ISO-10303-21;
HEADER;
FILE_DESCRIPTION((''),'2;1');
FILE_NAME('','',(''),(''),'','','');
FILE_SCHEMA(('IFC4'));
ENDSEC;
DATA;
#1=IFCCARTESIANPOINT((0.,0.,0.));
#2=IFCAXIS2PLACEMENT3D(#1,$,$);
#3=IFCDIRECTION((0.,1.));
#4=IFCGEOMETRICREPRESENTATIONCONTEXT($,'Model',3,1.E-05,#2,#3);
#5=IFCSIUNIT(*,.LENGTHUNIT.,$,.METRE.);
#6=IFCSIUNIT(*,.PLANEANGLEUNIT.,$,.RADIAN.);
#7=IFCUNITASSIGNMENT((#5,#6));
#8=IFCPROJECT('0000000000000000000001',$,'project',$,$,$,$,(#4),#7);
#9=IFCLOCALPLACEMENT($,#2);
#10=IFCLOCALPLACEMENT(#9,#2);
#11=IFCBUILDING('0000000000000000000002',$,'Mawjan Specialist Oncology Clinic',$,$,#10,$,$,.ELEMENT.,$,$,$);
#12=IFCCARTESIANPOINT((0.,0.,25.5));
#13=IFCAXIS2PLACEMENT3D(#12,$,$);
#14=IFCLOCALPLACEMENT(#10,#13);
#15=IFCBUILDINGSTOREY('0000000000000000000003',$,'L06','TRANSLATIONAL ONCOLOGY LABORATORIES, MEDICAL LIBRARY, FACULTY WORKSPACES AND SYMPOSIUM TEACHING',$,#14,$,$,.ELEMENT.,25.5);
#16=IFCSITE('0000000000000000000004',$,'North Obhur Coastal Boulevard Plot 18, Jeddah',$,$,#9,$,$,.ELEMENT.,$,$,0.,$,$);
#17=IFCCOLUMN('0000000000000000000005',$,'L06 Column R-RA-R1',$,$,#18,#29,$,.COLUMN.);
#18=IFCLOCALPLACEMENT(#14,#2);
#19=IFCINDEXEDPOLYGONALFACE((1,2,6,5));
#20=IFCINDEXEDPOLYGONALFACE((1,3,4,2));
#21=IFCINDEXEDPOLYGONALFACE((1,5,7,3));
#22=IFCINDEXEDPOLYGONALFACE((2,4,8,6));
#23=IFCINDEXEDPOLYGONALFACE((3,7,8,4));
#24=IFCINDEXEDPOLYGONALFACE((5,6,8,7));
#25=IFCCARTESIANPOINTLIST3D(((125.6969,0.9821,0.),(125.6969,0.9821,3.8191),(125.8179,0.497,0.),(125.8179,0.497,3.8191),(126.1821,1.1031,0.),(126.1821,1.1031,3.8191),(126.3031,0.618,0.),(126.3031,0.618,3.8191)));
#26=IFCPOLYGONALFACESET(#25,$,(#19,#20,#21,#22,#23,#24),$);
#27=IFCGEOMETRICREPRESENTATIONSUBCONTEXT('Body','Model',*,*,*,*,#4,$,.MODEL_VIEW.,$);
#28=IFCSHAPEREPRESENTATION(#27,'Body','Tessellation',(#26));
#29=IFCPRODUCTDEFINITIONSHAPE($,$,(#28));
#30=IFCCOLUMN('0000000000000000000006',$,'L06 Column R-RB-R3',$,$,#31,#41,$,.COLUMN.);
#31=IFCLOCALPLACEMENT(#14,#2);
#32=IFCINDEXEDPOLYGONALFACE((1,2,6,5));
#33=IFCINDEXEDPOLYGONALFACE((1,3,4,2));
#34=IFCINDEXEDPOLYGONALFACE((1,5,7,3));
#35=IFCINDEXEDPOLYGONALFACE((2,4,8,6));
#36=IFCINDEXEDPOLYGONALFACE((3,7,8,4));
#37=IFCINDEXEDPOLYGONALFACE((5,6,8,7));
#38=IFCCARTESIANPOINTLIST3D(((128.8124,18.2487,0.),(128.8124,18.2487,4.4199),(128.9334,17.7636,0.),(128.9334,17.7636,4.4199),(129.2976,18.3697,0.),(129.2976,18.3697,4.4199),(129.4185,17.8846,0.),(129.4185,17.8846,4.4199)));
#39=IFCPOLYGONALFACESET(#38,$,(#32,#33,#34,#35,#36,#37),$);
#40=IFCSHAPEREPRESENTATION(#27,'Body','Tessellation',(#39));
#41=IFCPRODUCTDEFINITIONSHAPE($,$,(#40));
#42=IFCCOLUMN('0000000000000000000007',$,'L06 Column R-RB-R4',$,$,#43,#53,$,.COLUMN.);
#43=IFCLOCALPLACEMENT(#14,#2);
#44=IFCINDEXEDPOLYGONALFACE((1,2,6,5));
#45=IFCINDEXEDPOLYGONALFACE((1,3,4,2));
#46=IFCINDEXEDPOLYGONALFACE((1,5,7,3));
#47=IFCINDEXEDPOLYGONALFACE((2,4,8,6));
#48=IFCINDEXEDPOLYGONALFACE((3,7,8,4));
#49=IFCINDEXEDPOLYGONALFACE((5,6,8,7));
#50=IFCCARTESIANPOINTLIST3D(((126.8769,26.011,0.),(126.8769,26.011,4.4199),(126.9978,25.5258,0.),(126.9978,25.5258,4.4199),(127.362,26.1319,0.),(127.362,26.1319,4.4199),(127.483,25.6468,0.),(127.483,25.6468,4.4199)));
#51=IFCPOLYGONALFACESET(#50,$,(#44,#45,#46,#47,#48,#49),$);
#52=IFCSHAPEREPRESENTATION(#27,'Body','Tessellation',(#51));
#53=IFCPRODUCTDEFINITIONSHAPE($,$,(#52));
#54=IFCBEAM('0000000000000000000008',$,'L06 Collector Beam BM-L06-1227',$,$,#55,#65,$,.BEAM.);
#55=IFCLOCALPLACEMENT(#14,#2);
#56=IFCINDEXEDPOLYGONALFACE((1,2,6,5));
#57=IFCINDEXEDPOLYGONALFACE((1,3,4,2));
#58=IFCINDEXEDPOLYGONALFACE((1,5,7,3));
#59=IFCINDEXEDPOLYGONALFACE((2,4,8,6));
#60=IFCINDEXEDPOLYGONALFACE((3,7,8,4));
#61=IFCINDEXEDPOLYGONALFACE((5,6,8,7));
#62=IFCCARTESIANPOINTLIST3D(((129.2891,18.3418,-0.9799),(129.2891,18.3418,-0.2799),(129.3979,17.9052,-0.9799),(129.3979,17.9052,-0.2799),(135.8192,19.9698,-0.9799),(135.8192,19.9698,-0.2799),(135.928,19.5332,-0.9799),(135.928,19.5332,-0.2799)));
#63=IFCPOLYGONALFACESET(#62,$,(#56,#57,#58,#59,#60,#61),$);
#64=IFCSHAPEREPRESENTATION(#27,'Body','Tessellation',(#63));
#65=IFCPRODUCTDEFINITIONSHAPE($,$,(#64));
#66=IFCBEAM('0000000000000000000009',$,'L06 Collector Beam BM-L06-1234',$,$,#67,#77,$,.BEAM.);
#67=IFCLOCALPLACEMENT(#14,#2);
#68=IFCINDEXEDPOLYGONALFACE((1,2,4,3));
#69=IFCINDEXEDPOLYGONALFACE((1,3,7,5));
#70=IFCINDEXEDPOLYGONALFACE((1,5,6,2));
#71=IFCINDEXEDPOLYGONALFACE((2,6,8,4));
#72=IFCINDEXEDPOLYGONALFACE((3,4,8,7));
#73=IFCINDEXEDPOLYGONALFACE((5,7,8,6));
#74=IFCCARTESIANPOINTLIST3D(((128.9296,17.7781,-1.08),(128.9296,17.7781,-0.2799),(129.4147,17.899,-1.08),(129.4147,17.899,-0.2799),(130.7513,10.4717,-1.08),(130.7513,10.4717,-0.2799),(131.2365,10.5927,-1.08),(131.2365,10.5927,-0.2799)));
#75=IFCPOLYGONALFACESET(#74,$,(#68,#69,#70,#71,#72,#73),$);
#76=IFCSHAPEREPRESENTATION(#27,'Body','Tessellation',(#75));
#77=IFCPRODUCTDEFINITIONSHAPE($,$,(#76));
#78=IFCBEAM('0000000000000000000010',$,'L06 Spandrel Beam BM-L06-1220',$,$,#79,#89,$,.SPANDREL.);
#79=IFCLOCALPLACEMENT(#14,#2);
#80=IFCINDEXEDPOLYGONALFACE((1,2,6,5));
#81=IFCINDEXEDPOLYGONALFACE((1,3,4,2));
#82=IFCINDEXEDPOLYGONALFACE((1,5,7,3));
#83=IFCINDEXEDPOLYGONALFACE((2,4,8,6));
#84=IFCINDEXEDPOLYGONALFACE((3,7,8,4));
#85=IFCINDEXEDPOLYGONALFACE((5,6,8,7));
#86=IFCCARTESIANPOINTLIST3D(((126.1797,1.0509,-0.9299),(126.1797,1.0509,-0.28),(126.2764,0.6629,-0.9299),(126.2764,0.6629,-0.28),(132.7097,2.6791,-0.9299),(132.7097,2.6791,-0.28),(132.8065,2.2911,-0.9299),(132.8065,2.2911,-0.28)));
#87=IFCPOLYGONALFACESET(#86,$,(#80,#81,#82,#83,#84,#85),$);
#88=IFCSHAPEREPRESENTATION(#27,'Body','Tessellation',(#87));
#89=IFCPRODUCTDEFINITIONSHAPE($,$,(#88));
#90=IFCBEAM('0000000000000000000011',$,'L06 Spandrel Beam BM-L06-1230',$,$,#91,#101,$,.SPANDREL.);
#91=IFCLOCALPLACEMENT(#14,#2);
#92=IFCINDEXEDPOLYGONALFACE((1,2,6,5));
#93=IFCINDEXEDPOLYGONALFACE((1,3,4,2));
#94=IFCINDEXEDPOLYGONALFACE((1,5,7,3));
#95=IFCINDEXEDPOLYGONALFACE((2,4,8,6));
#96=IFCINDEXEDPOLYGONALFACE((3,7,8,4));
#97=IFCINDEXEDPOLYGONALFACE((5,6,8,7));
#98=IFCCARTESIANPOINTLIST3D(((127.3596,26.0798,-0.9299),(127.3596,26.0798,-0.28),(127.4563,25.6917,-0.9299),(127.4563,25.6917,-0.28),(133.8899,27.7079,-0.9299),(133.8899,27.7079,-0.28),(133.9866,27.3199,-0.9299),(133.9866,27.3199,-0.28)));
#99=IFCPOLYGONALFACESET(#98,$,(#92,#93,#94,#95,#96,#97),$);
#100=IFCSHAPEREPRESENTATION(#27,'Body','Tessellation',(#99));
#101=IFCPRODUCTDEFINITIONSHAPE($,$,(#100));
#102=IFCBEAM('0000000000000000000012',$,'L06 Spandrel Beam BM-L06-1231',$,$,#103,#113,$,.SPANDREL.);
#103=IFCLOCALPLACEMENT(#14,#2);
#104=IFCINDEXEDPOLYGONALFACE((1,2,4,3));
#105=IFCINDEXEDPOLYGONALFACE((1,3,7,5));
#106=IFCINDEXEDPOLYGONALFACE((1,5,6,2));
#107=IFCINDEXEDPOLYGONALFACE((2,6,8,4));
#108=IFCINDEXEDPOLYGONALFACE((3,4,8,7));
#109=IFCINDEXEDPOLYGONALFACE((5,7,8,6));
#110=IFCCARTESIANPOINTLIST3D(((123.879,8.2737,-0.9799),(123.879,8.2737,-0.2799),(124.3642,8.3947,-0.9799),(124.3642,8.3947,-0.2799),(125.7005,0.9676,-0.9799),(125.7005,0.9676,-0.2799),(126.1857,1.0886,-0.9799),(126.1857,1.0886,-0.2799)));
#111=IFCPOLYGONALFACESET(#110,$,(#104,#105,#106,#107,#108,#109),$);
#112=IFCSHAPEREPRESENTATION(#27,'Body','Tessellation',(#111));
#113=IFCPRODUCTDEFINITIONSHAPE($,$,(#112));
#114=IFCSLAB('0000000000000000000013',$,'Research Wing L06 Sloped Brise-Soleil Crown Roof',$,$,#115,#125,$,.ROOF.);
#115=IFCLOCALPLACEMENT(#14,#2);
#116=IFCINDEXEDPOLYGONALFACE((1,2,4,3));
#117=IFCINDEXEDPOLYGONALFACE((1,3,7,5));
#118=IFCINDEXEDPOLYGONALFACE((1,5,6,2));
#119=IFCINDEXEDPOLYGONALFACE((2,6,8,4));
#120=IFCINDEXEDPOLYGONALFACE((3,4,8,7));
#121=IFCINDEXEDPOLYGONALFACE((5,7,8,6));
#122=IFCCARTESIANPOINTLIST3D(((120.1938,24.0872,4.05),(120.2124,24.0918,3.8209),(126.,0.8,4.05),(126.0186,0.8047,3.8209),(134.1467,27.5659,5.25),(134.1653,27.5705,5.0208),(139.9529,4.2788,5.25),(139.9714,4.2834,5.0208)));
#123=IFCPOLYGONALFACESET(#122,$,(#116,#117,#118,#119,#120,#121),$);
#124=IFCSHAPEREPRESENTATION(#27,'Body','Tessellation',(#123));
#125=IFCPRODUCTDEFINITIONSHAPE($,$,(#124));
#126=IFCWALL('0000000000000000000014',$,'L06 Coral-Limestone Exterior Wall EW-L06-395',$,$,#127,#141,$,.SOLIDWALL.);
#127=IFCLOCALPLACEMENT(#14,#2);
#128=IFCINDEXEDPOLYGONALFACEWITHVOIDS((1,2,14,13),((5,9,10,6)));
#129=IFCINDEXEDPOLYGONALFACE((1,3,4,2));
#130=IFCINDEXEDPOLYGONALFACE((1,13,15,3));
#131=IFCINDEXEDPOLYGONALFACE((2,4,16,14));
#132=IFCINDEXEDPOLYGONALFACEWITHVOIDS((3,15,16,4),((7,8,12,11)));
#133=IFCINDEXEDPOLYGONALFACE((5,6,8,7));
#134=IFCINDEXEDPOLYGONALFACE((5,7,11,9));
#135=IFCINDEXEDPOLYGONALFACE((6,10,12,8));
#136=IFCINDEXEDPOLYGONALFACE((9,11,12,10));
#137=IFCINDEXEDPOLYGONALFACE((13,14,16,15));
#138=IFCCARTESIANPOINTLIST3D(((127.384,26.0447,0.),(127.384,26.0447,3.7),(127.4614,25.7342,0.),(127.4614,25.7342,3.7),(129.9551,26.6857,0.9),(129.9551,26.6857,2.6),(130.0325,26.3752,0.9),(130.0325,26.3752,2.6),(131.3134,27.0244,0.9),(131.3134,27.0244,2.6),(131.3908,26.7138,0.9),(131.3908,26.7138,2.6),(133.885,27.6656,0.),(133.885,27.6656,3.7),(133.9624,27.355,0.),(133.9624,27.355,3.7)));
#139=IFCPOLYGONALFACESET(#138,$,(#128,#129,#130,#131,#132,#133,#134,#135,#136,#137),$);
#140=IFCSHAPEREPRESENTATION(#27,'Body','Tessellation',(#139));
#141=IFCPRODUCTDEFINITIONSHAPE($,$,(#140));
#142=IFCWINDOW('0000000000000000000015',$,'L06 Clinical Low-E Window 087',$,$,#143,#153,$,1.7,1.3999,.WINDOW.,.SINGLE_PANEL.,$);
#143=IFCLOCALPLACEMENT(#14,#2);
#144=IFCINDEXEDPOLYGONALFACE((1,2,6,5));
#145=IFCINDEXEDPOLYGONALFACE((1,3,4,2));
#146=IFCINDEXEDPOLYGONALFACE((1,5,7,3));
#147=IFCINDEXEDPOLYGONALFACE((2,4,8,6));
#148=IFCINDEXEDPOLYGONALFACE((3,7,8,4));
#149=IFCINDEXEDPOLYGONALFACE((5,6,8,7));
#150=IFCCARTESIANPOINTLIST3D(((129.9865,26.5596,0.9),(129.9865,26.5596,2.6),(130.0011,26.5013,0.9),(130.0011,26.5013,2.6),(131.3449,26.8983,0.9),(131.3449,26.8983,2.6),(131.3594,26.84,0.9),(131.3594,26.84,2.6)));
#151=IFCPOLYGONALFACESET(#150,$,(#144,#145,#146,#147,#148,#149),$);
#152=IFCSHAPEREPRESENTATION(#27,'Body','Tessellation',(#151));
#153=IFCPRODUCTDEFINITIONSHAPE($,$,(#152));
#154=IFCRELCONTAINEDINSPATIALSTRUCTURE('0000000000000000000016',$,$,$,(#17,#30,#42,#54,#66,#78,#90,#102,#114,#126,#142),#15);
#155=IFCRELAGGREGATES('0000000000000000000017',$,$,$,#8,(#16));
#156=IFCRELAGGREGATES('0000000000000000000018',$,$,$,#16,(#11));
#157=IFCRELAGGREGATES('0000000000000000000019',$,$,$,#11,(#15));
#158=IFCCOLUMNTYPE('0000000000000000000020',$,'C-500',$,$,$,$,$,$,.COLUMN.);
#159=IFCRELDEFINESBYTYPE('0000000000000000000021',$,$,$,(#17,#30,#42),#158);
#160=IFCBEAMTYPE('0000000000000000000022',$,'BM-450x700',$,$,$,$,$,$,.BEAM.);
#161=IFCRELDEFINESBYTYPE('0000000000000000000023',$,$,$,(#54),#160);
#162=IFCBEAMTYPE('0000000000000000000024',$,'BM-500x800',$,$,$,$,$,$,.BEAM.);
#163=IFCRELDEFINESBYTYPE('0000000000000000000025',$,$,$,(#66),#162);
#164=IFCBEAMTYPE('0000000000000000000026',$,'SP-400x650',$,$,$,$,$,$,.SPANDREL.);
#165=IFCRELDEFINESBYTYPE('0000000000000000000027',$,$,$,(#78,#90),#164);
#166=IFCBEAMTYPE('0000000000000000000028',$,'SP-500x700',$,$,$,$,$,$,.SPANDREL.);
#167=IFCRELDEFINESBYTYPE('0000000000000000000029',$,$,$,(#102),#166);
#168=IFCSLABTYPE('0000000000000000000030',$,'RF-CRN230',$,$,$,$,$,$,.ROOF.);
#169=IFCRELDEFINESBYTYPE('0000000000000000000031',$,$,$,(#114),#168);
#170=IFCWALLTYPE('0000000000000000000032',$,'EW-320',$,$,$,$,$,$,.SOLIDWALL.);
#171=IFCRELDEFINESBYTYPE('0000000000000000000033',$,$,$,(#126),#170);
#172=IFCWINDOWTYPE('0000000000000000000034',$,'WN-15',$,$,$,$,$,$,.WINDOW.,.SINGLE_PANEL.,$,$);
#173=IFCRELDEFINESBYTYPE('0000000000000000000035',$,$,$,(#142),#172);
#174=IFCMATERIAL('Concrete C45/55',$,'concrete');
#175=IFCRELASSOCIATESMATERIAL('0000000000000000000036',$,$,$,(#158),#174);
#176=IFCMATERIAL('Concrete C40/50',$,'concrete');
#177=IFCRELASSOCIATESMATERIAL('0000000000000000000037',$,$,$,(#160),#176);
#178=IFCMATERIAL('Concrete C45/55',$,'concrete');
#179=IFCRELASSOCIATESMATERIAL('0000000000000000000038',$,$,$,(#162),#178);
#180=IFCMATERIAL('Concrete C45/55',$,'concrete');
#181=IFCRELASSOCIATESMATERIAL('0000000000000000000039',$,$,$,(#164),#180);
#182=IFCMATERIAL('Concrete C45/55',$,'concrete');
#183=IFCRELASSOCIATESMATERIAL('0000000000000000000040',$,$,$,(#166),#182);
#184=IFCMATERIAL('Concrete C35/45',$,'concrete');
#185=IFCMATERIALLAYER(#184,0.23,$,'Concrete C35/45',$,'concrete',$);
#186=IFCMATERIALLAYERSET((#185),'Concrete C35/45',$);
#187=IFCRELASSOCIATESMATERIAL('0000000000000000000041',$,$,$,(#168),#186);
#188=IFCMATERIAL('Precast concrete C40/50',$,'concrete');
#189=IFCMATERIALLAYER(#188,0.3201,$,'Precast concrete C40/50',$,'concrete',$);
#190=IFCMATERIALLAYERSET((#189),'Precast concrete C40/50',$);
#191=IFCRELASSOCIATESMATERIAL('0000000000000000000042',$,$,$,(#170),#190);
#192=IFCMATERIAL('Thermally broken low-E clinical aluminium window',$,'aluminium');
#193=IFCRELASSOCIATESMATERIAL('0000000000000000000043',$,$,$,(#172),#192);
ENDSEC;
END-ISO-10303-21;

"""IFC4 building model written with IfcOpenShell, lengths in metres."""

from ifc_helpers import new_model, si_unit, direction, frame, frame_2d, origin, origin_2d, place, context, subcontext, project, spatial, polyline, rectangle, outline, extrude, material, layer, layer_set, material_profile, profile_set, type_object, element, fill, save


model = new_model("IFC4")

# Units and contexts
model_context = context("Model", 3, precision=1e-05, world=origin(), true_north=direction((0.0, 1.0)))
body_context = subcontext(model_context, "Body", "Model", "MODEL_VIEW")
ifc_project = project(units=[si_unit("LENGTHUNIT", "METRE"), si_unit("PLANEANGLEUNIT", "RADIAN")], contexts=[model_context])

# Site, building, storey
site_placement = place(None, origin())
site = spatial("IfcSite", under=ifc_project, at=site_placement, Name="North Obhur Coastal Boulevard Plot 18, Jeddah", CompositionType="ELEMENT", RefElevation=0.0)
building_placement = place(site_placement, origin())
building = spatial("IfcBuilding", under=site, at=building_placement, Name="Mawjan Specialist Oncology Clinic", CompositionType="ELEMENT")
storey_placement = place(building_placement, frame((0.0, 0.0, 25.5)))
storey = spatial("IfcBuildingStorey", under=building, at=storey_placement, Name="L06", Description="TRANSLATIONAL ONCOLOGY LABORATORIES, MEDICAL LIBRARY, FACULTY WORKSPACES AND SYMPOSIUM TEACHING", CompositionType="ELEMENT", Elevation=25.5)

# Columns
ifc_material_1 = material(Name="Concrete C45/55", Category="concrete")
ifc_material_profile_1 = material_profile(ifc_material_1, rectangle(XDim=0.5, YDim=0.5, at=origin_2d()), Name="RC COL 500x500", Category="concrete")
ifc_profile_set_1 = profile_set([ifc_material_profile_1], Name="Concrete C45/55")
column_type = type_object("IfcColumnType", Name="C-500", PredefinedType="COLUMN", material=ifc_profile_set_1)
column_placement = place(storey_placement, frame((126.0, 0.8, 0.0), z_axis=(0.0, 0.0, 1.0), x_axis=(0.970296, 0.241922, 0.0)))
element("IfcColumn", 1, at=column_placement, inside=storey, type_object=column_type, Name="L06 Column R-RA-R1", PredefinedType="COLUMN", context=body_context, shape_type="SweptSolid", body=[
    extrude(rectangle(XDim=0.5, YDim=0.5, at=origin_2d()), origin(), (0.0, 0.0, 1.0), 3.8191),
])
for number, where, z_axis, x_axis, name in (
    (2, (129.1155, 18.0667, 0.0), (0.0, 0.0, 1.0), (0.970296, 0.241922, 0.0), "L06 Column R-RB-R3"),
    (3, (127.1799, 25.8289, 0.0), (0.0, 0.0, 1.0), (0.970296, 0.241922, 0.0), "L06 Column R-RB-R4"),
):
    element("IfcColumn", number, at=place(storey_placement, frame(where, z_axis=z_axis, x_axis=x_axis)), inside=storey, type_object=column_type, Name=name, PredefinedType="COLUMN", context=body_context, shape_type="SweptSolid", body=[
        extrude(rectangle(XDim=0.5, YDim=0.5, at=origin_2d()), origin(), (0.0, 0.0, 1.0), 4.4199),
    ])

# Beams
ifc_material_2 = material(Name="Concrete C40/50", Category="concrete")
ifc_material_profile_2 = material_profile(ifc_material_2, rectangle(XDim=0.45, YDim=0.7, at=origin_2d()), Name="RC BM 450x700", Category="concrete")
ifc_profile_set_2 = profile_set([ifc_material_profile_2], Name="Concrete C40/50")
beam_type_1 = type_object("IfcBeamType", Name="BM-450x700", PredefinedType="BEAM", material=ifc_profile_set_2)
beam_1_placement = place(storey_placement, frame((129.3435, 18.1235, -0.6299), z_axis=(0.970302, 0.241895, 0.0), x_axis=(-0.241895, 0.970302, 0.0)))
element("IfcBeam", 4, at=beam_1_placement, inside=storey, type_object=beam_type_1, Name="L06 Collector Beam BM-L06-1227", PredefinedType="BEAM", context=body_context, shape_type="SweptSolid", body=[
    extrude(rectangle(XDim=0.45, YDim=0.7, at=origin_2d()), origin(), (0.0, 0.0, 1.0), 6.73),
])
ifc_material_3 = material(Name="Concrete C45/55", Category="concrete")
ifc_material_profile_3 = material_profile(ifc_material_3, rectangle(XDim=0.5, YDim=0.8, at=origin_2d()), Name="RC BM 500x800", Category="concrete")
ifc_profile_set_3 = profile_set([ifc_material_profile_3], Name="Concrete C45/55")
beam_type_2 = type_object("IfcBeamType", Name="BM-500x800", PredefinedType="BEAM", material=ifc_profile_set_3)
beam_2_placement = place(storey_placement, frame((130.9939, 10.5322, -0.6799), z_axis=(-0.241933, 0.970293, 0.0), x_axis=(-0.970293, -0.241933, 0.0)))
element("IfcBeam", 5, at=beam_2_placement, inside=storey, type_object=beam_type_2, Name="L06 Collector Beam BM-L06-1234", PredefinedType="BEAM", context=body_context, shape_type="SweptSolid", body=[
    extrude(rectangle(XDim=0.5, YDim=0.8, at=origin_2d()), origin(), (0.0, 0.0, 1.0), 7.53),
])
ifc_material_4 = material(Name="Concrete C45/55", Category="concrete")
ifc_material_profile_4 = material_profile(ifc_material_4, rectangle(XDim=0.3999, YDim=0.6499, at=origin_2d()), Name="RC BM 400x650", Category="concrete")
ifc_profile_set_4 = profile_set([ifc_material_profile_4], Name="Concrete C45/55")
beam_type_3 = type_object("IfcBeamType", Name="SP-400x650", PredefinedType="SPANDREL", material=ifc_profile_set_4)
beam_3_placement = place(storey_placement, frame((126.228, 0.8569, -0.605), z_axis=(0.970294, 0.24193, 0.0), x_axis=(-0.24193, 0.970294, 0.0)))
element("IfcBeam", 6, at=beam_3_placement, inside=storey, type_object=beam_type_3, Name="L06 Spandrel Beam BM-L06-1220", PredefinedType="SPANDREL", context=body_context, shape_type="SweptSolid", body=[
    extrude(rectangle(XDim=0.3999, YDim=0.6499, at=origin_2d()), origin(), (0.0, 0.0, 1.0), 6.73),
])
beam_4_placement = place(storey_placement, frame((127.408, 25.8857, -0.605), z_axis=(0.970296, 0.241921, 0.0), x_axis=(-0.241921, 0.970296, 0.0)))
element("IfcBeam", 7, at=beam_4_placement, inside=storey, type_object=beam_type_3, Name="L06 Spandrel Beam BM-L06-1230", PredefinedType="SPANDREL", context=body_context, shape_type="SweptSolid", body=[
    extrude(rectangle(XDim=0.3999, YDim=0.6499, at=origin_2d()), origin(), (0.0, 0.0, 1.0), 6.7302),
])
ifc_material_5 = material(Name="Concrete C45/55", Category="concrete")
ifc_material_profile_5 = material_profile(ifc_material_5, rectangle(XDim=0.5, YDim=0.7, at=origin_2d()), Name="RC BM 500x700", Category="concrete")
ifc_profile_set_5 = profile_set([ifc_material_profile_5], Name="Concrete C45/55")
beam_type_4 = type_object("IfcBeamType", Name="SP-500x700", PredefinedType="SPANDREL", material=ifc_profile_set_5)
beam_5_placement = place(storey_placement, frame((125.9431, 1.0281, -0.6299), z_axis=(-0.24191, 0.970299, 0.0), x_axis=(-0.970299, -0.24191, 0.0)))
element("IfcBeam", 8, at=beam_5_placement, inside=storey, type_object=beam_type_4, Name="L06 Spandrel Beam BM-L06-1231", PredefinedType="SPANDREL", context=body_context, shape_type="SweptSolid", body=[
    extrude(rectangle(XDim=0.5, YDim=0.7, at=origin_2d()), origin(), (0.0, 0.0, 1.0), 7.5298),
])

# Slab
ifc_material_6 = material(Name="Concrete C35/45", Category="concrete")
ifc_layer_1 = layer(ifc_material_6, 0.23, Name="Concrete C35/45", Category="concrete")
ifc_layer_set_1 = layer_set([ifc_layer_1], Name="Concrete C35/45")
slab_type = type_object("IfcSlabType", Name="RF-CRN230", PredefinedType="ROOF", material=ifc_layer_set_1)
slab_placement = place(storey_placement, frame((126.0, 0.8, 4.05), z_axis=(-0.080687, -0.020118, 0.996536), x_axis=(0.966936, 0.241079, 0.083157)))
element("IfcSlab", 9, at=slab_placement, inside=storey, type_object=slab_type, Name="Research Wing L06 Sloped Brise-Soleil Crown Roof", PredefinedType="ROOF", context=body_context, shape_type="SweptSolid", body=[
    extrude(outline(polyline([(0.0, 0.0), (14.43, 0.0), (14.4298, 24.0), (-0.0002, 24.0), (0.0, 0.0)])), origin(), (0.0, 0.0, -1.0), 0.23),
])

# Wall, opening, window
ifc_material_7 = material(Name="Precast concrete C40/50", Category="concrete")
ifc_layer_2 = layer(ifc_material_7, 0.3201, Name="Precast concrete C40/50", Category="concrete")
ifc_layer_set_2 = layer_set([ifc_layer_2], Name="Precast concrete C40/50")
wall_type_1 = type_object("IfcWallType", Name="EW-320", PredefinedType="SOLIDWALL", material=ifc_layer_set_2)
wall_1_placement = place(storey_placement, frame((127.4226, 25.8894, 0.0), z_axis=(0.0, 0.0, 1.0), x_axis=(0.970297, 0.241918, 0.0)))
wall_1 = element("IfcWall", 10, at=wall_1_placement, inside=storey, type_object=wall_type_1, Name="L06 Coral-Limestone Exterior Wall EW-L06-395", PredefinedType="SOLIDWALL", context=body_context, shape_type="SweptSolid", body=[
    extrude(rectangle(XDim=6.7, YDim=0.3201, at=frame_2d((3.3501, 0.0))), origin(), (0.0, 0.0, 1.0), 3.7),
])
opening_1_placement = place(wall_1_placement, frame((2.6499, 0.0, 0.8999)))
opening_1 = element("IfcOpeningElement", 11, at=opening_1_placement, cuts=wall_1, PredefinedType="OPENING", context=body_context, shape_type="SweptSolid", body=[
    extrude(rectangle(XDim=1.3999, YDim=1.7, at=frame_2d((0.7, 0.8501))), frame((0.0, 0.1721, 0.0), z_axis=(0.0, -1.0, 0.0), x_axis=(1.0, 0.0, 0.0)), (0.0, 0.0, 1.0), 0.344),
])
ifc_material_8 = material(Name="Thermally broken low-E clinical aluminium window", Category="aluminium")
window_type_1 = type_object("IfcWindowType", Name="WN-15", PartitioningType="SINGLE_PANEL", PredefinedType="WINDOW", material=ifc_material_8)
window_1_placement = place(opening_1_placement, origin())
window_1 = element("IfcWindow", 12, at=window_1_placement, inside=storey, type_object=window_type_1, Name="L06 Clinical Low-E Window 087", OverallHeight=1.7, OverallWidth=1.3999, PartitioningType="SINGLE_PANEL", PredefinedType="WINDOW", context=body_context, shape_type="SweptSolid", body=[
    extrude(rectangle(XDim=1.3999, YDim=1.7, at=frame_2d((0.7, 0.8501))), frame((0.0, 0.03, 0.0), z_axis=(0.0, -1.0, 0.0), x_axis=(1.0, 0.0, 0.0)), (0.0, 0.0, 1.0), 0.0601),
])
fill(opening_1, window_1)

save(model, "model.ifc")
